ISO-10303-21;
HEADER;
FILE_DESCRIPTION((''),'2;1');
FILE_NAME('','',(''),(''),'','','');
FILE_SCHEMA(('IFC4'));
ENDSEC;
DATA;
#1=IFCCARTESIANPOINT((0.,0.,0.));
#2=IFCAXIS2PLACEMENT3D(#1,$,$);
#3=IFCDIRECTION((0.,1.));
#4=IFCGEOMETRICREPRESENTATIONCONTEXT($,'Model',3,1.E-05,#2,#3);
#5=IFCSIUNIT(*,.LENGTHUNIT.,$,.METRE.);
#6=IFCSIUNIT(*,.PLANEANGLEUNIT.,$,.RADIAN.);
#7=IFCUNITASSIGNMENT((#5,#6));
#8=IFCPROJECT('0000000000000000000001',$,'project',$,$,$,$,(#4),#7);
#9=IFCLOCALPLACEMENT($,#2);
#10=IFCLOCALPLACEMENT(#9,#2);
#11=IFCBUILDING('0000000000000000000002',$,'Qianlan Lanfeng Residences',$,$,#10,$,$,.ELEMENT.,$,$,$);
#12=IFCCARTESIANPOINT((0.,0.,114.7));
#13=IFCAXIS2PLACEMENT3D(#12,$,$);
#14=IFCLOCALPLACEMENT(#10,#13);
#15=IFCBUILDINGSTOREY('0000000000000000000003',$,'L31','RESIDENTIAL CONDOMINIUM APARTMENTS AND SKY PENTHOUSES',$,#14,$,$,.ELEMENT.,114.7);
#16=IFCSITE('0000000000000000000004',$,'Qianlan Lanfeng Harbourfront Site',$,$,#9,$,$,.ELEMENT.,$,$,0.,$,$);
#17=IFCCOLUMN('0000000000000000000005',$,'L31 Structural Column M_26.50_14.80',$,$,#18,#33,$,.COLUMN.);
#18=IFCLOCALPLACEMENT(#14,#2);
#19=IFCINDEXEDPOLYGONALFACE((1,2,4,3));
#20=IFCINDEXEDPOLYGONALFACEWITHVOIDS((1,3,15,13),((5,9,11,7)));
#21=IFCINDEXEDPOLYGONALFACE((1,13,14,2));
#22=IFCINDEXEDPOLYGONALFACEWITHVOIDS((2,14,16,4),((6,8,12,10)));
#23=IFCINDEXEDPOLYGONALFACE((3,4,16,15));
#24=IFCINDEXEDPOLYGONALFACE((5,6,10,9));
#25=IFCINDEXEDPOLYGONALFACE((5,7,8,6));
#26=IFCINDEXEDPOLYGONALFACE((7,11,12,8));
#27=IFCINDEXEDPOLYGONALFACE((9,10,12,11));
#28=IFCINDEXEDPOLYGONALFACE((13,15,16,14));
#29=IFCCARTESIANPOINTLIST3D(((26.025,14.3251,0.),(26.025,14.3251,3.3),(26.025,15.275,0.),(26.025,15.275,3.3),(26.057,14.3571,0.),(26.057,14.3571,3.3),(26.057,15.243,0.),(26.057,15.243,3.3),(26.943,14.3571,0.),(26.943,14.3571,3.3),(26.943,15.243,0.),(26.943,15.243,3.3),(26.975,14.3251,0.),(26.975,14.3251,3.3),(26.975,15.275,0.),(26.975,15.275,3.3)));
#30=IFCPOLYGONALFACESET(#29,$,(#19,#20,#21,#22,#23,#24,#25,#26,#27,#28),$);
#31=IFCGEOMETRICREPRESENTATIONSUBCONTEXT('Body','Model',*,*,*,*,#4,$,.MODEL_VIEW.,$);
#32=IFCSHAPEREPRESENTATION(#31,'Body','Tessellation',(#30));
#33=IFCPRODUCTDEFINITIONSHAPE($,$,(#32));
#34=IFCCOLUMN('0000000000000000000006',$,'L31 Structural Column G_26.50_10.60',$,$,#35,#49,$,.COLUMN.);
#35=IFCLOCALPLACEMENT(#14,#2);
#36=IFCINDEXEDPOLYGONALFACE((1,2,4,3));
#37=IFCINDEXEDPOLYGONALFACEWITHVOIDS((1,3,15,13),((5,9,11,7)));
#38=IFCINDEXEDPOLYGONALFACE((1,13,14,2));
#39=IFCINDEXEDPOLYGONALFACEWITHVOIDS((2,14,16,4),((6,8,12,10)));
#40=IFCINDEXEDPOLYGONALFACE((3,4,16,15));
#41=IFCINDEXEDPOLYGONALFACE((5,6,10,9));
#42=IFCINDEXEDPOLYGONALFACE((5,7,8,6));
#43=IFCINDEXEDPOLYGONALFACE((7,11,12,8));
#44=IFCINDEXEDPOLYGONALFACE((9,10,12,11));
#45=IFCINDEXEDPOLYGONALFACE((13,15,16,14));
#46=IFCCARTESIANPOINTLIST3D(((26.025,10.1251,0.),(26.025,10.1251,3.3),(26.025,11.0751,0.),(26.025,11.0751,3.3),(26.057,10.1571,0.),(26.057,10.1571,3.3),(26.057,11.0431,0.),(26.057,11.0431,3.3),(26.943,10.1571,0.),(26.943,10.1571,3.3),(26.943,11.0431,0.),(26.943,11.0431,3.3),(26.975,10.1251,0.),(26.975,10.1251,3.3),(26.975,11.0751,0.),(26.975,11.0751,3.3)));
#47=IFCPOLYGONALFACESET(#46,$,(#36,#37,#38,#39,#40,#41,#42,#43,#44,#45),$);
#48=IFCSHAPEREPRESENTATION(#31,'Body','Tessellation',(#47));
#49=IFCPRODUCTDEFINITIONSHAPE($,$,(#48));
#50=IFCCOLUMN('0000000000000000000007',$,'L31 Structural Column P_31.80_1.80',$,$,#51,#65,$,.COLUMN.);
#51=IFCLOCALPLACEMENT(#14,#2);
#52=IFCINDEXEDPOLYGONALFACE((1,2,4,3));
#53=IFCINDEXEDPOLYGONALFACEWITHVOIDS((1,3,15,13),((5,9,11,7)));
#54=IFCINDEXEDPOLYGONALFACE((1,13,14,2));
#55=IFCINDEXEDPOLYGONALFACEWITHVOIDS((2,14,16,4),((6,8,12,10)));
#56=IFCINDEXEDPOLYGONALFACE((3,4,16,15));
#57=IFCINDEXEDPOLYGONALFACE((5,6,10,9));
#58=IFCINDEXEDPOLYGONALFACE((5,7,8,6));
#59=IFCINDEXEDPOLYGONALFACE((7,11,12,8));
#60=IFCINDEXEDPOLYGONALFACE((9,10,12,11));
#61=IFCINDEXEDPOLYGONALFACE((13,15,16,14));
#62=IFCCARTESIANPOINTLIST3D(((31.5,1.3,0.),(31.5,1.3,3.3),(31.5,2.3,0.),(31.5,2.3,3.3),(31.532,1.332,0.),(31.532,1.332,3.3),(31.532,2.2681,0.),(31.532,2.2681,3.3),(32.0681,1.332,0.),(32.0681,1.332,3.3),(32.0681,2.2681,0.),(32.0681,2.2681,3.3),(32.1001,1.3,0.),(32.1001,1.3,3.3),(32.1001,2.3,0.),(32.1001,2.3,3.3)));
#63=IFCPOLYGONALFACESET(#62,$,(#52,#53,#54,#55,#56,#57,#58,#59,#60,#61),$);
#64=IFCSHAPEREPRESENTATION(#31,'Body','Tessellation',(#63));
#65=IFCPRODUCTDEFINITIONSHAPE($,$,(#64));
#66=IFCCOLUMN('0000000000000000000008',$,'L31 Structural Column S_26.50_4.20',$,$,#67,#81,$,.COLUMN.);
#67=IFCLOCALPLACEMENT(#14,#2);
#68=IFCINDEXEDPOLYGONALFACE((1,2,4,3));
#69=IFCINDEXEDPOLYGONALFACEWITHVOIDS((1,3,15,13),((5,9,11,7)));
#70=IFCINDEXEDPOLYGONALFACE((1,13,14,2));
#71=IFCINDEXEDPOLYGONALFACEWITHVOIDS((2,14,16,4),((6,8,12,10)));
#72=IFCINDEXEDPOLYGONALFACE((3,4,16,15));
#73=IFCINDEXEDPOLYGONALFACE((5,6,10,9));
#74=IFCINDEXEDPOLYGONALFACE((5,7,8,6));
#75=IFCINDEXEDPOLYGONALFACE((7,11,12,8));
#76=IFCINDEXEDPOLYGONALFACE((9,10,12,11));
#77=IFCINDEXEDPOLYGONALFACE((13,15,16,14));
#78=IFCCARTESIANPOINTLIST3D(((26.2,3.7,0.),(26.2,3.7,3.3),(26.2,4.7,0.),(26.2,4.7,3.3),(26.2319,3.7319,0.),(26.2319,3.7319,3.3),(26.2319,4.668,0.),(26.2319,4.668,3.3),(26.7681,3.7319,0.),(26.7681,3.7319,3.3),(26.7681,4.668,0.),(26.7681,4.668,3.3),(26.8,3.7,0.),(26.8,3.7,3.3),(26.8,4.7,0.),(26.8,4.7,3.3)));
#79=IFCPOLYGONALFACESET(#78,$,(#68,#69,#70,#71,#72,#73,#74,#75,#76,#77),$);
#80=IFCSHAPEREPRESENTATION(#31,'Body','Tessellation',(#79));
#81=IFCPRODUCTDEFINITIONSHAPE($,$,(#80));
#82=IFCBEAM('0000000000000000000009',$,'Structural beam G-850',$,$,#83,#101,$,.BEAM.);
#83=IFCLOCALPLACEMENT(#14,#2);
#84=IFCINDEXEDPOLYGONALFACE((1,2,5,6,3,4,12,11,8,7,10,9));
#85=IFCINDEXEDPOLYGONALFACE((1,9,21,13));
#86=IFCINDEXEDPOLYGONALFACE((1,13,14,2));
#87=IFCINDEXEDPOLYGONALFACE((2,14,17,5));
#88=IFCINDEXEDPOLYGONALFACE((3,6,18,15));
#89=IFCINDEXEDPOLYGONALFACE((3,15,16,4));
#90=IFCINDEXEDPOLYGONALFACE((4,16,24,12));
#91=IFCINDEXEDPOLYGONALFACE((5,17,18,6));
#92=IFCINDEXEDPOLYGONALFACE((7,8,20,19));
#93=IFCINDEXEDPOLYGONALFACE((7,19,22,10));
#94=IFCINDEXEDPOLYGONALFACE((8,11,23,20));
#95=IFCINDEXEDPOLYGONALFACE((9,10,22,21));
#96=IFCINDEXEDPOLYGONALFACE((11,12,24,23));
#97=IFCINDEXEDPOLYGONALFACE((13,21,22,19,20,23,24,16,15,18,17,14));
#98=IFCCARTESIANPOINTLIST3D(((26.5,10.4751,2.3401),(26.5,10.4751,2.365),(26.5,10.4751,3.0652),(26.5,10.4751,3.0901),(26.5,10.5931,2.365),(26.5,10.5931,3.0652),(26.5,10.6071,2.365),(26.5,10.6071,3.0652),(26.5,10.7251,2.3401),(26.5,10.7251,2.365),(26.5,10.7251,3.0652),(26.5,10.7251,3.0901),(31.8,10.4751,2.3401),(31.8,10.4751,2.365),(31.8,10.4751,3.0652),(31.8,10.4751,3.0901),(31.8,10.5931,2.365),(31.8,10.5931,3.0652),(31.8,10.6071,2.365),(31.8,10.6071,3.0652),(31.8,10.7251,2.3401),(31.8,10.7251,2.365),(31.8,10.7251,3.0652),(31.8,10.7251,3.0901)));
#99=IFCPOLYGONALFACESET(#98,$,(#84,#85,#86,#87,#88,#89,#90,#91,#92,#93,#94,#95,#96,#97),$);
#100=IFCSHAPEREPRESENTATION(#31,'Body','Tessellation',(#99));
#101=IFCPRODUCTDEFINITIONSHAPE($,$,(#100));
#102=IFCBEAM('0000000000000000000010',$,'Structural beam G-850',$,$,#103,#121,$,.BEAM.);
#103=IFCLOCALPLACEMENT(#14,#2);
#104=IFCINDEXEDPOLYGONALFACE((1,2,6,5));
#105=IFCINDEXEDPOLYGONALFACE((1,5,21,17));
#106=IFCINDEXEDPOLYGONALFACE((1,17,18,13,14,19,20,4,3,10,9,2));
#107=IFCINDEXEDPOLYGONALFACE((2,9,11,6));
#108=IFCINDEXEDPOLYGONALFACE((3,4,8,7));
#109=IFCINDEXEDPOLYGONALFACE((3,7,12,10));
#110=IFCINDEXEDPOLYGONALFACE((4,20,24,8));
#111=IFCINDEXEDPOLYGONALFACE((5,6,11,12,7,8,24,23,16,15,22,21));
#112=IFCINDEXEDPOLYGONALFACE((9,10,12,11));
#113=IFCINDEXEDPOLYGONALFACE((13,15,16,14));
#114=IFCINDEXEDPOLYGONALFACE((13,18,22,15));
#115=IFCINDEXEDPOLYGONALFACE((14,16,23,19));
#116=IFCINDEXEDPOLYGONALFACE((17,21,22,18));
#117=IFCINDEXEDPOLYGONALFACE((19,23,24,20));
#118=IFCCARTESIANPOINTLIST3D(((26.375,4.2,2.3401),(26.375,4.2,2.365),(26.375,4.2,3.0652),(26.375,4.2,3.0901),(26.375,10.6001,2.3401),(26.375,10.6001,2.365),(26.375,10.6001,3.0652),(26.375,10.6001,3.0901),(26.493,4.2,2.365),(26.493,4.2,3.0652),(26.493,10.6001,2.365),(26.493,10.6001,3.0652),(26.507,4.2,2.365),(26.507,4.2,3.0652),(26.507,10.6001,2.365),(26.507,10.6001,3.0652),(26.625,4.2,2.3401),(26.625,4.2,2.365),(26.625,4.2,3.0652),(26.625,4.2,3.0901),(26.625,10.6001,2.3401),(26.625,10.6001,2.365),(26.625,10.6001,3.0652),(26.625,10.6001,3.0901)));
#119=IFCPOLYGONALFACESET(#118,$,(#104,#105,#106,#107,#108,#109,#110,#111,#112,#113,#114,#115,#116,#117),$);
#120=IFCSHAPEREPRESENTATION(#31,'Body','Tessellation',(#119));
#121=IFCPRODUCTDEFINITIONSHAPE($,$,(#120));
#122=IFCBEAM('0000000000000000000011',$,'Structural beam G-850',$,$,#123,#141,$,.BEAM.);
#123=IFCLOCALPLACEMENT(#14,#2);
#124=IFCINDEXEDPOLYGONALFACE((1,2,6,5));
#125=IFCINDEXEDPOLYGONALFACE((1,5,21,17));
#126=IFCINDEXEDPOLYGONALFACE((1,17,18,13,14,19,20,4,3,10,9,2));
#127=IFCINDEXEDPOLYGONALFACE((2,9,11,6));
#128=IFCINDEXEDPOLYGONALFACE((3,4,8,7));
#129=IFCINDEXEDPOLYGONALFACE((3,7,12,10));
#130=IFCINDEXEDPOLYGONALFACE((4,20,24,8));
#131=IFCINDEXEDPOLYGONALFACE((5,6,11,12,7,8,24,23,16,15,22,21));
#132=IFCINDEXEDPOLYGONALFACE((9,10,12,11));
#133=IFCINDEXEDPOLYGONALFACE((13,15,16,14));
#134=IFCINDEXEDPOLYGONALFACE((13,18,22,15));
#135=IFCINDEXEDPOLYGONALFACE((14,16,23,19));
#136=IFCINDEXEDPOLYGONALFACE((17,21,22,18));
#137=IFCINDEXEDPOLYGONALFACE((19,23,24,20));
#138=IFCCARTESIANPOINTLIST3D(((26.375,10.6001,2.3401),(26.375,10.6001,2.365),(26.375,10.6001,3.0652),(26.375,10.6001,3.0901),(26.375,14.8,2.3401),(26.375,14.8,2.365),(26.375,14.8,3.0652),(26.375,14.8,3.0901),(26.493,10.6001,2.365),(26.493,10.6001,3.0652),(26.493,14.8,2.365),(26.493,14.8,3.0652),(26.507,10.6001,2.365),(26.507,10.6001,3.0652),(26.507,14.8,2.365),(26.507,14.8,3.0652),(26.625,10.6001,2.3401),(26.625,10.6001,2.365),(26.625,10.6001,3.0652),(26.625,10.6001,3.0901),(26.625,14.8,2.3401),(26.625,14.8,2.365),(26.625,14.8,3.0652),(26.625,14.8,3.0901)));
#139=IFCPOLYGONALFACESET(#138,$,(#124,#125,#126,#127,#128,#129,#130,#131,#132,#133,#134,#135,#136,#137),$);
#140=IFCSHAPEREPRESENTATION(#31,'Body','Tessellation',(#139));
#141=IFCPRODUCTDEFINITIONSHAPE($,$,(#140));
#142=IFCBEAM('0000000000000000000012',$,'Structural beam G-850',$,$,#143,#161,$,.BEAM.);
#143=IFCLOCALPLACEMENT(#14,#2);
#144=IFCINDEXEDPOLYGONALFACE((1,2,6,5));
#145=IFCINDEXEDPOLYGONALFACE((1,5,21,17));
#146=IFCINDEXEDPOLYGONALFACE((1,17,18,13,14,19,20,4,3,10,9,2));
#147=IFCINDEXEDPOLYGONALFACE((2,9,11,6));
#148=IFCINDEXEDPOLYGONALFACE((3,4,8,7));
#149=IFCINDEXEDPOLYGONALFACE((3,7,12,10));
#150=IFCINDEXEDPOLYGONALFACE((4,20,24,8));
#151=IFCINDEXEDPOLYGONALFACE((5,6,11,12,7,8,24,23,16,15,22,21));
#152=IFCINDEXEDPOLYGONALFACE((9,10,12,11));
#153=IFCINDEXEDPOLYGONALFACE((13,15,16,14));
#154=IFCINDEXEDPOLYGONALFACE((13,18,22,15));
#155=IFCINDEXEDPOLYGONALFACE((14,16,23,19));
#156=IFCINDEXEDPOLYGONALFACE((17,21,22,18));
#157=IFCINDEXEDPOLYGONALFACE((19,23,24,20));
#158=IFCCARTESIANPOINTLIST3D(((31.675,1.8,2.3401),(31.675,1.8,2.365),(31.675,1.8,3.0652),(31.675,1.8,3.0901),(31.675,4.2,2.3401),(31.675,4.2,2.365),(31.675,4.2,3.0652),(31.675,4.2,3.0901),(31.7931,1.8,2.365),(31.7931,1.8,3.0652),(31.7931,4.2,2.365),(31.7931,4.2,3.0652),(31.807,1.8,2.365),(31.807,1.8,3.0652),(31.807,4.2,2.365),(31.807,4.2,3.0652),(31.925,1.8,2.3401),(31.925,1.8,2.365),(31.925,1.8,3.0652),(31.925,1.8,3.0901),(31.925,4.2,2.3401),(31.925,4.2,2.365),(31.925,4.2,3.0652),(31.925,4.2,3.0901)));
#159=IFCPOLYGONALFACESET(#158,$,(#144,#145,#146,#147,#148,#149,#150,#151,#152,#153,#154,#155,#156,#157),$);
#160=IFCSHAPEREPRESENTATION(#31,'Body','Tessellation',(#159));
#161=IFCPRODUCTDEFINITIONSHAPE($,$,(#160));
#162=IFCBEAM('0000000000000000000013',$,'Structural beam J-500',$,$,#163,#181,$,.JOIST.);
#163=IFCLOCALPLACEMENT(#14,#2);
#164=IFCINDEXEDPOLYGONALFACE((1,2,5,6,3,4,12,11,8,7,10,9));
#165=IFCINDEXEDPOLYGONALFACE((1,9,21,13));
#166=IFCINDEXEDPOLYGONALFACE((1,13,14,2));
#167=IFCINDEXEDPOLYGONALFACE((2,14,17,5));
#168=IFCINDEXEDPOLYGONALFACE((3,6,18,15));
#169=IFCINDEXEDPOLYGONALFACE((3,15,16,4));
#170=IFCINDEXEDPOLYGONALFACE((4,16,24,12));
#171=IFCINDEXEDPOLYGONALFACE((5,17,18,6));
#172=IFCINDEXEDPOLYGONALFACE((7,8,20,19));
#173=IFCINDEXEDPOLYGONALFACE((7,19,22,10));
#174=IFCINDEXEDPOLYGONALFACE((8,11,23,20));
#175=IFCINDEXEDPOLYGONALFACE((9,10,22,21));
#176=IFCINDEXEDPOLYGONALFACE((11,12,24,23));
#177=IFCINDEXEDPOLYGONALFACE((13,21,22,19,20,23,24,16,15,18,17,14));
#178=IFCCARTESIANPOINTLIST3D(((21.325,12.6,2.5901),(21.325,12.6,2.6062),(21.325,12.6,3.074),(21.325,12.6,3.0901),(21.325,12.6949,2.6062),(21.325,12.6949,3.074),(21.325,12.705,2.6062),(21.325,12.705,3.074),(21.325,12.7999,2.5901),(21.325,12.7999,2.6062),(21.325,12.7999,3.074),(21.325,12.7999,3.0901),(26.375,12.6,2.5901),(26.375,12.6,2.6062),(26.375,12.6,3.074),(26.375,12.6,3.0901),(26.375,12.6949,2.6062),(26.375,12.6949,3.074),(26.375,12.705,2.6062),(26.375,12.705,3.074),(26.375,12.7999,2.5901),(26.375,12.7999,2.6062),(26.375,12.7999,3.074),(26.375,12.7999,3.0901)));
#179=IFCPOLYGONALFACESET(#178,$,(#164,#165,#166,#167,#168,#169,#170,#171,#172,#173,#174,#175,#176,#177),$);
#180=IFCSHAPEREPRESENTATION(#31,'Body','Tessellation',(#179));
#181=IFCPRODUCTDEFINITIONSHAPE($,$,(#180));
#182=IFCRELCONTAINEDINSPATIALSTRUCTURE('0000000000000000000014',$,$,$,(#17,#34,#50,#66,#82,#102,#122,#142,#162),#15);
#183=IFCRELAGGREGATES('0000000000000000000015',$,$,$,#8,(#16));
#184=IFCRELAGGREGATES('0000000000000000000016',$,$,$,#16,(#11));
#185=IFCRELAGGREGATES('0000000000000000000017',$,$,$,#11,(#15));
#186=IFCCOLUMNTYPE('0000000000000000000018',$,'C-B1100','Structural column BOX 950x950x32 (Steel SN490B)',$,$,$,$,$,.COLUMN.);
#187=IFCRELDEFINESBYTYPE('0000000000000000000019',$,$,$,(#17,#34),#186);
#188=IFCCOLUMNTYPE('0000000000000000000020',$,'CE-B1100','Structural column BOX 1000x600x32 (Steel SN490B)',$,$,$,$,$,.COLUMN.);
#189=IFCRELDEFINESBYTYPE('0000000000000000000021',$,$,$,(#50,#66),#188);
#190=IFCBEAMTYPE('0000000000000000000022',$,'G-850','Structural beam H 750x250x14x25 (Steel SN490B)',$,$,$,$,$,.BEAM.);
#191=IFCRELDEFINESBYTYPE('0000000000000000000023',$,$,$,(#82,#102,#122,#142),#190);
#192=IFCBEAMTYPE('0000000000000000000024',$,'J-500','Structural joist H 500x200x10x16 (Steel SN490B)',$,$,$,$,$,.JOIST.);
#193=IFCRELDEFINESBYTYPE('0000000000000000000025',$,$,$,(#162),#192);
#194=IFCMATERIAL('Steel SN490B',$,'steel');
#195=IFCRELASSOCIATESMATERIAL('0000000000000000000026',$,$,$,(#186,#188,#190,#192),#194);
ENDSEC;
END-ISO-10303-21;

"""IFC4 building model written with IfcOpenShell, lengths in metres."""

from ifc_helpers import new_model, si_unit, direction, frame, origin, origin_2d, place, context, subcontext, project, spatial, hollow_rectangle, i_section, extrude, material, material_profile, profile_set, type_object, element, save


model = new_model("IFC4")

# Units and contexts
model_context = context("Model", 3, precision=1e-05, world=origin(), true_north=direction((0.0, 1.0)))
body_context = subcontext(model_context, "Body", "Model", "MODEL_VIEW")
ifc_project = project(units=[si_unit("LENGTHUNIT", "METRE"), si_unit("PLANEANGLEUNIT", "RADIAN")], contexts=[model_context])

# Site, building, storey
site_placement = place(None, origin())
site = spatial("IfcSite", under=ifc_project, at=site_placement, Name="Qianlan Lanfeng Harbourfront Site", CompositionType="ELEMENT", RefElevation=0.0)
building_placement = place(site_placement, origin())
building = spatial("IfcBuilding", under=site, at=building_placement, Name="Qianlan Lanfeng Residences", CompositionType="ELEMENT")
storey_placement = place(building_placement, frame((0.0, 0.0, 114.7)))
storey = spatial("IfcBuildingStorey", under=building, at=storey_placement, Name="L31", Description="RESIDENTIAL CONDOMINIUM APARTMENTS AND SKY PENTHOUSES", CompositionType="ELEMENT", Elevation=114.7)

# Columns
ifc_material_1 = material(Name="Steel SN490B", Category="steel")
ifc_material_profile_1 = material_profile(ifc_material_1, hollow_rectangle(XDim=0.95, YDim=0.95, WallThickness=0.032, at=origin_2d()), Name="BOX 950x950x32")
ifc_profile_set_1 = profile_set([ifc_material_profile_1], Name="Steel SN490B")
column_type_1 = type_object("IfcColumnType", Name="C-B1100", Description="Structural column BOX 950x950x32 (Steel SN490B)", PredefinedType="COLUMN", material=ifc_profile_set_1)
for number, where, z_axis, x_axis, name in (
    (1, (26.5, 14.8, 0.0), (0.0, 0.0, 1.0), (1.0, 0.0, 0.0), "L31 Structural Column M_26.50_14.80"),
    (2, (26.5, 10.6001, 0.0), (0.0, 0.0, 1.0), (1.0, 0.0, 0.0), "L31 Structural Column G_26.50_10.60"),
):
    element("IfcColumn", number, at=place(storey_placement, frame(where, z_axis=z_axis, x_axis=x_axis)), inside=storey, type_object=column_type_1, Name=name, PredefinedType="COLUMN", context=body_context, shape_type="SweptSolid", body=[
        extrude(hollow_rectangle(XDim=0.95, YDim=0.95, WallThickness=0.032, at=origin_2d()), origin(), (0.0, 0.0, 1.0), 3.3),
    ])
ifc_material_profile_2 = material_profile(ifc_material_1, hollow_rectangle(XDim=0.6001, YDim=1.0, WallThickness=0.032, at=origin_2d()), Name="BOX 1000x600x32")
ifc_profile_set_2 = profile_set([ifc_material_profile_2], Name="Steel SN490B")
column_type_2 = type_object("IfcColumnType", Name="CE-B1100", Description="Structural column BOX 1000x600x32 (Steel SN490B)", PredefinedType="COLUMN", material=ifc_profile_set_2)
for number, where, z_axis, x_axis, name in (
    (3, (31.8, 1.8, 0.0), (0.0, 0.0, 1.0), (1.0, 0.0, 0.0), "L31 Structural Column P_31.80_1.80"),
    (4, (26.5, 4.2, 0.0), (0.0, 0.0, 1.0), (1.0, 0.0, 0.0), "L31 Structural Column S_26.50_4.20"),
):
    element("IfcColumn", number, at=place(storey_placement, frame(where, z_axis=z_axis, x_axis=x_axis)), inside=storey, type_object=column_type_2, Name=name, PredefinedType="COLUMN", context=body_context, shape_type="SweptSolid", body=[
        extrude(hollow_rectangle(XDim=0.6001, YDim=1.0, WallThickness=0.032, at=origin_2d()), origin(), (0.0, 0.0, 1.0), 3.3),
    ])

# Beams
ifc_material_profile_3 = material_profile(ifc_material_1, i_section(OverallWidth=0.25, OverallDepth=0.75, WebThickness=0.0139, FlangeThickness=0.0249, at=origin_2d()), Name="H 750x250x14x25")
ifc_profile_set_3 = profile_set([ifc_material_profile_3], Name="Steel SN490B")
beam_type_1 = type_object("IfcBeamType", Name="G-850", Description="Structural beam H 750x250x14x25 (Steel SN490B)", PredefinedType="BEAM", material=ifc_profile_set_3)
beam_1_placement = place(storey_placement, frame((26.5, 10.6001, 2.7151), z_axis=(1.0, 0.0, 0.0), x_axis=(0.0, 1.0, 0.0)))
element("IfcBeam", 5, at=beam_1_placement, inside=storey, type_object=beam_type_1, Name="Structural beam G-850", PredefinedType="BEAM", context=body_context, shape_type="SweptSolid", body=[
    extrude(i_section(OverallWidth=0.25, OverallDepth=0.75, WebThickness=0.0139, FlangeThickness=0.0249, at=origin_2d()), origin(), (0.0, 0.0, 1.0), 5.3),
])
beam_2_placement = place(storey_placement, frame((26.5, 4.2, 2.7151), z_axis=(0.0, 1.0, 0.0), x_axis=(-1.0, 0.0, 0.0)))
element("IfcBeam", 6, at=beam_2_placement, inside=storey, type_object=beam_type_1, Name="Structural beam G-850", PredefinedType="BEAM", context=body_context, shape_type="SweptSolid", body=[
    extrude(i_section(OverallWidth=0.25, OverallDepth=0.75, WebThickness=0.0139, FlangeThickness=0.0249, at=origin_2d()), origin(), (0.0, 0.0, 1.0), 6.4001),
])
beam_3_placement = place(storey_placement, frame((26.5, 10.6001, 2.7151), z_axis=(0.0, 1.0, 0.0), x_axis=(-1.0, 0.0, 0.0)))
element("IfcBeam", 7, at=beam_3_placement, inside=storey, type_object=beam_type_1, Name="Structural beam G-850", PredefinedType="BEAM", context=body_context, shape_type="SweptSolid", body=[
    extrude(i_section(OverallWidth=0.25, OverallDepth=0.75, WebThickness=0.0139, FlangeThickness=0.0249, at=origin_2d()), origin(), (0.0, 0.0, 1.0), 4.2),
])
beam_4_placement = place(storey_placement, frame((31.8, 1.8, 2.7151), z_axis=(0.0, 1.0, 0.0), x_axis=(-1.0, 0.0, 0.0)))
element("IfcBeam", 8, at=beam_4_placement, inside=storey, type_object=beam_type_1, Name="Structural beam G-850", PredefinedType="BEAM", context=body_context, shape_type="SweptSolid", body=[
    extrude(i_section(OverallWidth=0.25, OverallDepth=0.75, WebThickness=0.0139, FlangeThickness=0.0249, at=origin_2d()), origin(), (0.0, 0.0, 1.0), 2.3999),
])
ifc_material_profile_4 = material_profile(ifc_material_1, i_section(OverallWidth=0.2, OverallDepth=0.5, WebThickness=0.01, FlangeThickness=0.0161, at=origin_2d()), Name="H 500x200x10x16")
ifc_profile_set_4 = profile_set([ifc_material_profile_4], Name="Steel SN490B")
beam_type_2 = type_object("IfcBeamType", Name="J-500", Description="Structural joist H 500x200x10x16 (Steel SN490B)", PredefinedType="JOIST", material=ifc_profile_set_4)
for number, where, z_axis, x_axis, name in (
    (9, (21.325, 12.7, 2.8401), (1.0, 0.0, 0.0), (0.0, 1.0, 0.0), "Structural beam J-500"),
):
    element("IfcBeam", number, at=place(storey_placement, frame(where, z_axis=z_axis, x_axis=x_axis)), inside=storey, type_object=beam_type_2, Name=name, PredefinedType="JOIST", context=body_context, shape_type="SweptSolid", body=[
        extrude(i_section(OverallWidth=0.2, OverallDepth=0.5, WebThickness=0.01, FlangeThickness=0.0161, at=origin_2d()), origin(), (0.0, 0.0, 1.0), 5.05),
    ])

save(model, "model.ifc")
